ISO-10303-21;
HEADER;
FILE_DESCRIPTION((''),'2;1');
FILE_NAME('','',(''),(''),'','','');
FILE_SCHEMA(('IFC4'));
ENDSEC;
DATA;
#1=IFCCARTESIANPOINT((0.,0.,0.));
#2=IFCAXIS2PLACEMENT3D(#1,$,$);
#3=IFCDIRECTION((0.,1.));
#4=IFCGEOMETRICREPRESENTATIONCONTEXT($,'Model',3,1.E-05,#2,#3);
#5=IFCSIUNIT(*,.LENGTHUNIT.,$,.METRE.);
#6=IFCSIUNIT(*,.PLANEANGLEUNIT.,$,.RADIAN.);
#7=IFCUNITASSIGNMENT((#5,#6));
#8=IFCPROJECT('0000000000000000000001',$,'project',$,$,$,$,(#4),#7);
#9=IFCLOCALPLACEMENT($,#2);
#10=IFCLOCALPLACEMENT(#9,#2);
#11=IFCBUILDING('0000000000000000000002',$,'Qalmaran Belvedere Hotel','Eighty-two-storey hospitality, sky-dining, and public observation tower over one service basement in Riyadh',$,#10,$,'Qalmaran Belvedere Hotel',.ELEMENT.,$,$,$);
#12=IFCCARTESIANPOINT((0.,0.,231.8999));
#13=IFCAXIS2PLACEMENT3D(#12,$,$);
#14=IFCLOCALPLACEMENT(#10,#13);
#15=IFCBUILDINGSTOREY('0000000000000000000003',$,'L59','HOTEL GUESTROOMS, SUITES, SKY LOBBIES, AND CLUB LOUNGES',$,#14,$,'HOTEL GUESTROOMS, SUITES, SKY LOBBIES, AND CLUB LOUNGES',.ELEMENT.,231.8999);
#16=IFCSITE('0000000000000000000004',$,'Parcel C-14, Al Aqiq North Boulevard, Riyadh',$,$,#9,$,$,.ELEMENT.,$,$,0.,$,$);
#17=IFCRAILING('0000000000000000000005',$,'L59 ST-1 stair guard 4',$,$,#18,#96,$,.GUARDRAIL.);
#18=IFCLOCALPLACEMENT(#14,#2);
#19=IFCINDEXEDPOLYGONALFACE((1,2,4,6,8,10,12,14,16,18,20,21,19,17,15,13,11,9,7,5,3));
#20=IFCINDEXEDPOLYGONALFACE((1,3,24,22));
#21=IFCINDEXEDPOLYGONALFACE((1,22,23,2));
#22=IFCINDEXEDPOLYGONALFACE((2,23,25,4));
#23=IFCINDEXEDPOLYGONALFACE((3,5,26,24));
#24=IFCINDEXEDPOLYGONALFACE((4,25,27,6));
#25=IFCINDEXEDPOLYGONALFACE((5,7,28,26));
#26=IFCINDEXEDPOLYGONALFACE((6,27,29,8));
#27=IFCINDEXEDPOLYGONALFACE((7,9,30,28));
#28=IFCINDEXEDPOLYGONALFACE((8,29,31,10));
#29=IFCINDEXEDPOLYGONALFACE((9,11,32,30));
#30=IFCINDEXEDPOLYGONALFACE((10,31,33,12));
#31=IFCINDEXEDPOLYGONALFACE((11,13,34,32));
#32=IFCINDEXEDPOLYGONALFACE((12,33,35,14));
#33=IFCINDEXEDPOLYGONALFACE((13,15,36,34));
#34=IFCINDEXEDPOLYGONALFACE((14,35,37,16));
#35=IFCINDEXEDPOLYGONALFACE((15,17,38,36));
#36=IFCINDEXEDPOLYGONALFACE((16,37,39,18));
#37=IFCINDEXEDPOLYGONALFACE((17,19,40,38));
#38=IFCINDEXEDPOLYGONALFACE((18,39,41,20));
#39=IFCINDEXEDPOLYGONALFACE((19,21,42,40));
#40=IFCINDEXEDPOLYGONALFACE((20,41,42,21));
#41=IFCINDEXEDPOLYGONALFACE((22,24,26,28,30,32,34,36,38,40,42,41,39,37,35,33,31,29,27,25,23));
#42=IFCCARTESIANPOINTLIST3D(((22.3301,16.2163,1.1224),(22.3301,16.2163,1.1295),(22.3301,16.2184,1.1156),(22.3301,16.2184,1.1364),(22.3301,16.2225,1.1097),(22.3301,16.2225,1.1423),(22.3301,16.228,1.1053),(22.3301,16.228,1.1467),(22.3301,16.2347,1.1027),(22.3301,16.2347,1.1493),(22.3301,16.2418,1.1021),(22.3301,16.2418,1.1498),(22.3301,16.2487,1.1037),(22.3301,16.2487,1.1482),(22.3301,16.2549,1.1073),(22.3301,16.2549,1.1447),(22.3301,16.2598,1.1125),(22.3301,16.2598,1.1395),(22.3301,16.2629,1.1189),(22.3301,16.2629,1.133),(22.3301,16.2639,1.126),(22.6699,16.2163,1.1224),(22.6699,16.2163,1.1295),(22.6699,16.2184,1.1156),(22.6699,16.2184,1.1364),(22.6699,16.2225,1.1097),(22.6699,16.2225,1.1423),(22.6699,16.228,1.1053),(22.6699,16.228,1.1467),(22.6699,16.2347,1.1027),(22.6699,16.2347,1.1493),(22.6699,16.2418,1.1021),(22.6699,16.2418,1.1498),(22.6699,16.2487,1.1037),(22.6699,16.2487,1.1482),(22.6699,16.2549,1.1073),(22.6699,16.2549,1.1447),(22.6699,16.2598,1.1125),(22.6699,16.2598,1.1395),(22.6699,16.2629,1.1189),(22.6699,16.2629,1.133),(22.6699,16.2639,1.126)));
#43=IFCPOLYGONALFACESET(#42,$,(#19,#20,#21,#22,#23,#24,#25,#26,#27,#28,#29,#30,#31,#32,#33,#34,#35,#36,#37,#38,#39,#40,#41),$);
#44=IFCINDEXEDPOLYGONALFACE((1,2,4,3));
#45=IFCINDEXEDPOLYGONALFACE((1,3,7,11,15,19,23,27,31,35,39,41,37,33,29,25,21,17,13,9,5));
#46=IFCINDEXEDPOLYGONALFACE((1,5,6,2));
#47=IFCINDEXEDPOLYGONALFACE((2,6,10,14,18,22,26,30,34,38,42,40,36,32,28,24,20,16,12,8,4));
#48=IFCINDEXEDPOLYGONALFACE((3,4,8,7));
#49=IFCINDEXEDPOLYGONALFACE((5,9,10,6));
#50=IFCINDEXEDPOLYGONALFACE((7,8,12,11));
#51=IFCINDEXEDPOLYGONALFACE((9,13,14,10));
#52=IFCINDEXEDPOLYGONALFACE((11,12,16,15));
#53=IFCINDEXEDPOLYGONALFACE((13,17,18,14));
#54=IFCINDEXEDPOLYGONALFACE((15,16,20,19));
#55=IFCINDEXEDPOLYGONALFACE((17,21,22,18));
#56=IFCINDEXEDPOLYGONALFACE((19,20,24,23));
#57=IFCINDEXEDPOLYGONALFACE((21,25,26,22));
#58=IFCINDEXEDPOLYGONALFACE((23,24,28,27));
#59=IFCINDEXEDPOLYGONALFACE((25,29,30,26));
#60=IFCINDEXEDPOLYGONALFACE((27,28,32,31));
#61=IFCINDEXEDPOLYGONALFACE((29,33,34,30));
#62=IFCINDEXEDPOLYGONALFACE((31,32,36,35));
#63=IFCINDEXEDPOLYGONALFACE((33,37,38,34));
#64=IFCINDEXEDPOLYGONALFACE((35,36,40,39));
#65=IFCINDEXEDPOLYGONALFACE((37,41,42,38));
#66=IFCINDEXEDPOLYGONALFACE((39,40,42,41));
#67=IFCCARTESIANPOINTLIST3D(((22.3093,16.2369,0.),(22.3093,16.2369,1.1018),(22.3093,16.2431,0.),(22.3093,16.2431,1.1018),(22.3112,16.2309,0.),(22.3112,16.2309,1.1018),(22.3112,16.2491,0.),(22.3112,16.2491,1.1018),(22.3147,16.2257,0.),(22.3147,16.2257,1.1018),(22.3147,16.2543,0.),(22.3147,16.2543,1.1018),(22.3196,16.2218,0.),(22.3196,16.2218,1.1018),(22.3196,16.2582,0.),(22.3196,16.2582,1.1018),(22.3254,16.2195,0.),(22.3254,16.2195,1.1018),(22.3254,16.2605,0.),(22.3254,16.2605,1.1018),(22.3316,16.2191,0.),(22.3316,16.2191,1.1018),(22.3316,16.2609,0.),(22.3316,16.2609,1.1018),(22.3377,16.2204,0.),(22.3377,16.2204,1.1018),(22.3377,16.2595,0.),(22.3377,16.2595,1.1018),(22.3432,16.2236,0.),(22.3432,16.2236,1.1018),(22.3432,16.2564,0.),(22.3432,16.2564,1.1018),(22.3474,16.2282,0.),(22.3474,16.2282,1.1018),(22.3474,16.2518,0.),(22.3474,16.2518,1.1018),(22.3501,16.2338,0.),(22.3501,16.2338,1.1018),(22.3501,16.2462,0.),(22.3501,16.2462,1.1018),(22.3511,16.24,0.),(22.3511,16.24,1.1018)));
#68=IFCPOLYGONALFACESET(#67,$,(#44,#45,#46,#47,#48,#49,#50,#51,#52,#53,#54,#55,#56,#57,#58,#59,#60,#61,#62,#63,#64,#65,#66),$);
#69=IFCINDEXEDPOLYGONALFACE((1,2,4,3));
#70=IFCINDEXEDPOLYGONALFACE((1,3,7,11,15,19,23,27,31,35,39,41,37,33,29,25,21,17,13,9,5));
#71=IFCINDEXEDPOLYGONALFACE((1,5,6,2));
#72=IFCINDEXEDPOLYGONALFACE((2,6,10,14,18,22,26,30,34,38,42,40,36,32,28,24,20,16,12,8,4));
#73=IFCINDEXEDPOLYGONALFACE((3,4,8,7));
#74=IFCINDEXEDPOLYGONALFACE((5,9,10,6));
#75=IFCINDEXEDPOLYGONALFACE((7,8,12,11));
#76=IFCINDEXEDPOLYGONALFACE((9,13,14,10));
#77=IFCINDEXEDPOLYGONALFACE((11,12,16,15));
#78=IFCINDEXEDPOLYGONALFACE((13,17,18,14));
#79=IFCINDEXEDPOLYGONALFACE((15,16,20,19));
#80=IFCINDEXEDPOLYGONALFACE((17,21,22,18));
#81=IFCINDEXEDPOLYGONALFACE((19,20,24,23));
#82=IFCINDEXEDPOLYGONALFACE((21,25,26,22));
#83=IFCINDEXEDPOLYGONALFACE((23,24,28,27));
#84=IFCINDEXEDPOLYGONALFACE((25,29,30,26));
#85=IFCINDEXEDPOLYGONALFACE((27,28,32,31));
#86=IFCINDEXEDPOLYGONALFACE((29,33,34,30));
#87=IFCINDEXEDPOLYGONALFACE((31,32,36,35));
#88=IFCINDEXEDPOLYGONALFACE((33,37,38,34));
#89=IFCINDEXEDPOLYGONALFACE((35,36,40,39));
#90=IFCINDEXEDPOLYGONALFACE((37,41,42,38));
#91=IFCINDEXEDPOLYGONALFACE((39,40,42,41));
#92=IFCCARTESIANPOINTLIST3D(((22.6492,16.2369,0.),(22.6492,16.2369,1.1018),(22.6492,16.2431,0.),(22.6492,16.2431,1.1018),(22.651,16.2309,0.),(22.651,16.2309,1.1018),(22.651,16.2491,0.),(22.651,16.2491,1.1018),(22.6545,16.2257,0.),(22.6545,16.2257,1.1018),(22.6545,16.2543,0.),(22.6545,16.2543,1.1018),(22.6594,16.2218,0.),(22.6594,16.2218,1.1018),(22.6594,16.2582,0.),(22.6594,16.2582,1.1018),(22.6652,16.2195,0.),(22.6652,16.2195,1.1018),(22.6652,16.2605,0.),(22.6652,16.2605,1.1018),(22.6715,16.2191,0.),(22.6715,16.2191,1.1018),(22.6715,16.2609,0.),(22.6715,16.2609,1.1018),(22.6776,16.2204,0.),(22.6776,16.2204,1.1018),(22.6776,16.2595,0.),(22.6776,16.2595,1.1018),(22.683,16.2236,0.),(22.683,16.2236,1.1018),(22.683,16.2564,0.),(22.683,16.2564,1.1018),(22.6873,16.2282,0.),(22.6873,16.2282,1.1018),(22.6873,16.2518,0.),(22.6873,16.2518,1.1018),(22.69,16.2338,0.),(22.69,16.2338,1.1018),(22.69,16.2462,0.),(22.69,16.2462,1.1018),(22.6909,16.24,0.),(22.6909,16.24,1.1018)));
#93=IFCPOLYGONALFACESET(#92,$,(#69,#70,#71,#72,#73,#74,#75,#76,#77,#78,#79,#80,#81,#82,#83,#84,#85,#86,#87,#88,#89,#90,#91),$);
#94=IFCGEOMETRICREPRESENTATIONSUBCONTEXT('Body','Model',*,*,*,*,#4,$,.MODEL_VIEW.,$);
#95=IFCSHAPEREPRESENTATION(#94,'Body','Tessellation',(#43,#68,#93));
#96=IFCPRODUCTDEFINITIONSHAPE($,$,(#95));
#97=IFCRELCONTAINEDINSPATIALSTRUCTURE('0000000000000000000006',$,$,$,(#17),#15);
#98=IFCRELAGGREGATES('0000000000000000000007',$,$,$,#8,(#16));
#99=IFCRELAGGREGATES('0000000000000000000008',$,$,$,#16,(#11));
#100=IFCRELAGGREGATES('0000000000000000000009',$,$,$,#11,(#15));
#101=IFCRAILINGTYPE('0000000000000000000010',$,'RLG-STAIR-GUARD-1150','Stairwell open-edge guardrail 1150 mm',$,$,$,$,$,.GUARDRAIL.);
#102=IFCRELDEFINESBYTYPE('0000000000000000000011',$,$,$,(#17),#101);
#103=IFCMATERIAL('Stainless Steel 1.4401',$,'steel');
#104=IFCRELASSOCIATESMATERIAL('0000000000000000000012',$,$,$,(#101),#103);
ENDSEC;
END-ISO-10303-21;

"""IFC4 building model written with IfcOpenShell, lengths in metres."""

from ifc_helpers import new_model, si_unit, direction, frame, origin, origin_2d, place, context, subcontext, project, spatial, circle, extrude, material, type_object, element, save


model = new_model("IFC4")

# Units and contexts
model_context = context("Model", 3, precision=1e-05, world=origin(), true_north=direction((0.0, 1.0)))
body_context = subcontext(model_context, "Body", "Model", "MODEL_VIEW")
ifc_project = project(units=[si_unit("LENGTHUNIT", "METRE"), si_unit("PLANEANGLEUNIT", "RADIAN")], contexts=[model_context])

# Site, building, storey
site_placement = place(None, origin())
site = spatial("IfcSite", under=ifc_project, at=site_placement, Name="Parcel C-14, Al Aqiq North Boulevard, Riyadh", CompositionType="ELEMENT", RefElevation=0.0)
building_placement = place(site_placement, origin())
building = spatial("IfcBuilding", under=site, at=building_placement, Name="Qalmaran Belvedere Hotel", Description="Eighty-two-storey hospitality, sky-dining, and public observation tower over one service basement in Riyadh", LongName="Qalmaran Belvedere Hotel", CompositionType="ELEMENT")
storey_placement = place(building_placement, frame((0.0, 0.0, 231.8999)))
storey = spatial("IfcBuildingStorey", under=building, at=storey_placement, Name="L59", Description="HOTEL GUESTROOMS, SUITES, SKY LOBBIES, AND CLUB LOUNGES", LongName="HOTEL GUESTROOMS, SUITES, SKY LOBBIES, AND CLUB LOUNGES", CompositionType="ELEMENT", Elevation=231.8999)

# Shared definitions
ifc_material_1 = material(Name="Stainless Steel 1.4401", Category="steel")

# Railing
railing_type_1 = type_object("IfcRailingType", Name="RLG-STAIR-GUARD-1150", Description="Stairwell open-edge guardrail 1150 mm", PredefinedType="GUARDRAIL", material=ifc_material_1)
railing_1_placement = place(storey_placement, frame((22.3301, 16.24, 0.0)))
element("IfcRailing", 1, at=railing_1_placement, inside=storey, type_object=railing_type_1, Name="L59 ST-1 stair guard 4", PredefinedType="GUARDRAIL", context=body_context, shape_type="SweptSolid", body=[
    extrude(circle(Radius=0.0239, at=origin_2d()), frame((0.0, 0.0, 1.126), z_axis=(1.0, 0.0, 0.0), x_axis=(0.0, 1.0, 0.0)), (0.0, 0.0, 1.0), 0.3398),
    extrude(circle(Radius=0.021, at=origin_2d()), origin(), (0.0, 0.0, 1.0), 1.1018),
    extrude(circle(Radius=0.021, at=origin_2d()), frame((0.3398, 0.0, 0.0)), (0.0, 0.0, 1.0), 1.1018),
])

save(model, "model.ifc")
